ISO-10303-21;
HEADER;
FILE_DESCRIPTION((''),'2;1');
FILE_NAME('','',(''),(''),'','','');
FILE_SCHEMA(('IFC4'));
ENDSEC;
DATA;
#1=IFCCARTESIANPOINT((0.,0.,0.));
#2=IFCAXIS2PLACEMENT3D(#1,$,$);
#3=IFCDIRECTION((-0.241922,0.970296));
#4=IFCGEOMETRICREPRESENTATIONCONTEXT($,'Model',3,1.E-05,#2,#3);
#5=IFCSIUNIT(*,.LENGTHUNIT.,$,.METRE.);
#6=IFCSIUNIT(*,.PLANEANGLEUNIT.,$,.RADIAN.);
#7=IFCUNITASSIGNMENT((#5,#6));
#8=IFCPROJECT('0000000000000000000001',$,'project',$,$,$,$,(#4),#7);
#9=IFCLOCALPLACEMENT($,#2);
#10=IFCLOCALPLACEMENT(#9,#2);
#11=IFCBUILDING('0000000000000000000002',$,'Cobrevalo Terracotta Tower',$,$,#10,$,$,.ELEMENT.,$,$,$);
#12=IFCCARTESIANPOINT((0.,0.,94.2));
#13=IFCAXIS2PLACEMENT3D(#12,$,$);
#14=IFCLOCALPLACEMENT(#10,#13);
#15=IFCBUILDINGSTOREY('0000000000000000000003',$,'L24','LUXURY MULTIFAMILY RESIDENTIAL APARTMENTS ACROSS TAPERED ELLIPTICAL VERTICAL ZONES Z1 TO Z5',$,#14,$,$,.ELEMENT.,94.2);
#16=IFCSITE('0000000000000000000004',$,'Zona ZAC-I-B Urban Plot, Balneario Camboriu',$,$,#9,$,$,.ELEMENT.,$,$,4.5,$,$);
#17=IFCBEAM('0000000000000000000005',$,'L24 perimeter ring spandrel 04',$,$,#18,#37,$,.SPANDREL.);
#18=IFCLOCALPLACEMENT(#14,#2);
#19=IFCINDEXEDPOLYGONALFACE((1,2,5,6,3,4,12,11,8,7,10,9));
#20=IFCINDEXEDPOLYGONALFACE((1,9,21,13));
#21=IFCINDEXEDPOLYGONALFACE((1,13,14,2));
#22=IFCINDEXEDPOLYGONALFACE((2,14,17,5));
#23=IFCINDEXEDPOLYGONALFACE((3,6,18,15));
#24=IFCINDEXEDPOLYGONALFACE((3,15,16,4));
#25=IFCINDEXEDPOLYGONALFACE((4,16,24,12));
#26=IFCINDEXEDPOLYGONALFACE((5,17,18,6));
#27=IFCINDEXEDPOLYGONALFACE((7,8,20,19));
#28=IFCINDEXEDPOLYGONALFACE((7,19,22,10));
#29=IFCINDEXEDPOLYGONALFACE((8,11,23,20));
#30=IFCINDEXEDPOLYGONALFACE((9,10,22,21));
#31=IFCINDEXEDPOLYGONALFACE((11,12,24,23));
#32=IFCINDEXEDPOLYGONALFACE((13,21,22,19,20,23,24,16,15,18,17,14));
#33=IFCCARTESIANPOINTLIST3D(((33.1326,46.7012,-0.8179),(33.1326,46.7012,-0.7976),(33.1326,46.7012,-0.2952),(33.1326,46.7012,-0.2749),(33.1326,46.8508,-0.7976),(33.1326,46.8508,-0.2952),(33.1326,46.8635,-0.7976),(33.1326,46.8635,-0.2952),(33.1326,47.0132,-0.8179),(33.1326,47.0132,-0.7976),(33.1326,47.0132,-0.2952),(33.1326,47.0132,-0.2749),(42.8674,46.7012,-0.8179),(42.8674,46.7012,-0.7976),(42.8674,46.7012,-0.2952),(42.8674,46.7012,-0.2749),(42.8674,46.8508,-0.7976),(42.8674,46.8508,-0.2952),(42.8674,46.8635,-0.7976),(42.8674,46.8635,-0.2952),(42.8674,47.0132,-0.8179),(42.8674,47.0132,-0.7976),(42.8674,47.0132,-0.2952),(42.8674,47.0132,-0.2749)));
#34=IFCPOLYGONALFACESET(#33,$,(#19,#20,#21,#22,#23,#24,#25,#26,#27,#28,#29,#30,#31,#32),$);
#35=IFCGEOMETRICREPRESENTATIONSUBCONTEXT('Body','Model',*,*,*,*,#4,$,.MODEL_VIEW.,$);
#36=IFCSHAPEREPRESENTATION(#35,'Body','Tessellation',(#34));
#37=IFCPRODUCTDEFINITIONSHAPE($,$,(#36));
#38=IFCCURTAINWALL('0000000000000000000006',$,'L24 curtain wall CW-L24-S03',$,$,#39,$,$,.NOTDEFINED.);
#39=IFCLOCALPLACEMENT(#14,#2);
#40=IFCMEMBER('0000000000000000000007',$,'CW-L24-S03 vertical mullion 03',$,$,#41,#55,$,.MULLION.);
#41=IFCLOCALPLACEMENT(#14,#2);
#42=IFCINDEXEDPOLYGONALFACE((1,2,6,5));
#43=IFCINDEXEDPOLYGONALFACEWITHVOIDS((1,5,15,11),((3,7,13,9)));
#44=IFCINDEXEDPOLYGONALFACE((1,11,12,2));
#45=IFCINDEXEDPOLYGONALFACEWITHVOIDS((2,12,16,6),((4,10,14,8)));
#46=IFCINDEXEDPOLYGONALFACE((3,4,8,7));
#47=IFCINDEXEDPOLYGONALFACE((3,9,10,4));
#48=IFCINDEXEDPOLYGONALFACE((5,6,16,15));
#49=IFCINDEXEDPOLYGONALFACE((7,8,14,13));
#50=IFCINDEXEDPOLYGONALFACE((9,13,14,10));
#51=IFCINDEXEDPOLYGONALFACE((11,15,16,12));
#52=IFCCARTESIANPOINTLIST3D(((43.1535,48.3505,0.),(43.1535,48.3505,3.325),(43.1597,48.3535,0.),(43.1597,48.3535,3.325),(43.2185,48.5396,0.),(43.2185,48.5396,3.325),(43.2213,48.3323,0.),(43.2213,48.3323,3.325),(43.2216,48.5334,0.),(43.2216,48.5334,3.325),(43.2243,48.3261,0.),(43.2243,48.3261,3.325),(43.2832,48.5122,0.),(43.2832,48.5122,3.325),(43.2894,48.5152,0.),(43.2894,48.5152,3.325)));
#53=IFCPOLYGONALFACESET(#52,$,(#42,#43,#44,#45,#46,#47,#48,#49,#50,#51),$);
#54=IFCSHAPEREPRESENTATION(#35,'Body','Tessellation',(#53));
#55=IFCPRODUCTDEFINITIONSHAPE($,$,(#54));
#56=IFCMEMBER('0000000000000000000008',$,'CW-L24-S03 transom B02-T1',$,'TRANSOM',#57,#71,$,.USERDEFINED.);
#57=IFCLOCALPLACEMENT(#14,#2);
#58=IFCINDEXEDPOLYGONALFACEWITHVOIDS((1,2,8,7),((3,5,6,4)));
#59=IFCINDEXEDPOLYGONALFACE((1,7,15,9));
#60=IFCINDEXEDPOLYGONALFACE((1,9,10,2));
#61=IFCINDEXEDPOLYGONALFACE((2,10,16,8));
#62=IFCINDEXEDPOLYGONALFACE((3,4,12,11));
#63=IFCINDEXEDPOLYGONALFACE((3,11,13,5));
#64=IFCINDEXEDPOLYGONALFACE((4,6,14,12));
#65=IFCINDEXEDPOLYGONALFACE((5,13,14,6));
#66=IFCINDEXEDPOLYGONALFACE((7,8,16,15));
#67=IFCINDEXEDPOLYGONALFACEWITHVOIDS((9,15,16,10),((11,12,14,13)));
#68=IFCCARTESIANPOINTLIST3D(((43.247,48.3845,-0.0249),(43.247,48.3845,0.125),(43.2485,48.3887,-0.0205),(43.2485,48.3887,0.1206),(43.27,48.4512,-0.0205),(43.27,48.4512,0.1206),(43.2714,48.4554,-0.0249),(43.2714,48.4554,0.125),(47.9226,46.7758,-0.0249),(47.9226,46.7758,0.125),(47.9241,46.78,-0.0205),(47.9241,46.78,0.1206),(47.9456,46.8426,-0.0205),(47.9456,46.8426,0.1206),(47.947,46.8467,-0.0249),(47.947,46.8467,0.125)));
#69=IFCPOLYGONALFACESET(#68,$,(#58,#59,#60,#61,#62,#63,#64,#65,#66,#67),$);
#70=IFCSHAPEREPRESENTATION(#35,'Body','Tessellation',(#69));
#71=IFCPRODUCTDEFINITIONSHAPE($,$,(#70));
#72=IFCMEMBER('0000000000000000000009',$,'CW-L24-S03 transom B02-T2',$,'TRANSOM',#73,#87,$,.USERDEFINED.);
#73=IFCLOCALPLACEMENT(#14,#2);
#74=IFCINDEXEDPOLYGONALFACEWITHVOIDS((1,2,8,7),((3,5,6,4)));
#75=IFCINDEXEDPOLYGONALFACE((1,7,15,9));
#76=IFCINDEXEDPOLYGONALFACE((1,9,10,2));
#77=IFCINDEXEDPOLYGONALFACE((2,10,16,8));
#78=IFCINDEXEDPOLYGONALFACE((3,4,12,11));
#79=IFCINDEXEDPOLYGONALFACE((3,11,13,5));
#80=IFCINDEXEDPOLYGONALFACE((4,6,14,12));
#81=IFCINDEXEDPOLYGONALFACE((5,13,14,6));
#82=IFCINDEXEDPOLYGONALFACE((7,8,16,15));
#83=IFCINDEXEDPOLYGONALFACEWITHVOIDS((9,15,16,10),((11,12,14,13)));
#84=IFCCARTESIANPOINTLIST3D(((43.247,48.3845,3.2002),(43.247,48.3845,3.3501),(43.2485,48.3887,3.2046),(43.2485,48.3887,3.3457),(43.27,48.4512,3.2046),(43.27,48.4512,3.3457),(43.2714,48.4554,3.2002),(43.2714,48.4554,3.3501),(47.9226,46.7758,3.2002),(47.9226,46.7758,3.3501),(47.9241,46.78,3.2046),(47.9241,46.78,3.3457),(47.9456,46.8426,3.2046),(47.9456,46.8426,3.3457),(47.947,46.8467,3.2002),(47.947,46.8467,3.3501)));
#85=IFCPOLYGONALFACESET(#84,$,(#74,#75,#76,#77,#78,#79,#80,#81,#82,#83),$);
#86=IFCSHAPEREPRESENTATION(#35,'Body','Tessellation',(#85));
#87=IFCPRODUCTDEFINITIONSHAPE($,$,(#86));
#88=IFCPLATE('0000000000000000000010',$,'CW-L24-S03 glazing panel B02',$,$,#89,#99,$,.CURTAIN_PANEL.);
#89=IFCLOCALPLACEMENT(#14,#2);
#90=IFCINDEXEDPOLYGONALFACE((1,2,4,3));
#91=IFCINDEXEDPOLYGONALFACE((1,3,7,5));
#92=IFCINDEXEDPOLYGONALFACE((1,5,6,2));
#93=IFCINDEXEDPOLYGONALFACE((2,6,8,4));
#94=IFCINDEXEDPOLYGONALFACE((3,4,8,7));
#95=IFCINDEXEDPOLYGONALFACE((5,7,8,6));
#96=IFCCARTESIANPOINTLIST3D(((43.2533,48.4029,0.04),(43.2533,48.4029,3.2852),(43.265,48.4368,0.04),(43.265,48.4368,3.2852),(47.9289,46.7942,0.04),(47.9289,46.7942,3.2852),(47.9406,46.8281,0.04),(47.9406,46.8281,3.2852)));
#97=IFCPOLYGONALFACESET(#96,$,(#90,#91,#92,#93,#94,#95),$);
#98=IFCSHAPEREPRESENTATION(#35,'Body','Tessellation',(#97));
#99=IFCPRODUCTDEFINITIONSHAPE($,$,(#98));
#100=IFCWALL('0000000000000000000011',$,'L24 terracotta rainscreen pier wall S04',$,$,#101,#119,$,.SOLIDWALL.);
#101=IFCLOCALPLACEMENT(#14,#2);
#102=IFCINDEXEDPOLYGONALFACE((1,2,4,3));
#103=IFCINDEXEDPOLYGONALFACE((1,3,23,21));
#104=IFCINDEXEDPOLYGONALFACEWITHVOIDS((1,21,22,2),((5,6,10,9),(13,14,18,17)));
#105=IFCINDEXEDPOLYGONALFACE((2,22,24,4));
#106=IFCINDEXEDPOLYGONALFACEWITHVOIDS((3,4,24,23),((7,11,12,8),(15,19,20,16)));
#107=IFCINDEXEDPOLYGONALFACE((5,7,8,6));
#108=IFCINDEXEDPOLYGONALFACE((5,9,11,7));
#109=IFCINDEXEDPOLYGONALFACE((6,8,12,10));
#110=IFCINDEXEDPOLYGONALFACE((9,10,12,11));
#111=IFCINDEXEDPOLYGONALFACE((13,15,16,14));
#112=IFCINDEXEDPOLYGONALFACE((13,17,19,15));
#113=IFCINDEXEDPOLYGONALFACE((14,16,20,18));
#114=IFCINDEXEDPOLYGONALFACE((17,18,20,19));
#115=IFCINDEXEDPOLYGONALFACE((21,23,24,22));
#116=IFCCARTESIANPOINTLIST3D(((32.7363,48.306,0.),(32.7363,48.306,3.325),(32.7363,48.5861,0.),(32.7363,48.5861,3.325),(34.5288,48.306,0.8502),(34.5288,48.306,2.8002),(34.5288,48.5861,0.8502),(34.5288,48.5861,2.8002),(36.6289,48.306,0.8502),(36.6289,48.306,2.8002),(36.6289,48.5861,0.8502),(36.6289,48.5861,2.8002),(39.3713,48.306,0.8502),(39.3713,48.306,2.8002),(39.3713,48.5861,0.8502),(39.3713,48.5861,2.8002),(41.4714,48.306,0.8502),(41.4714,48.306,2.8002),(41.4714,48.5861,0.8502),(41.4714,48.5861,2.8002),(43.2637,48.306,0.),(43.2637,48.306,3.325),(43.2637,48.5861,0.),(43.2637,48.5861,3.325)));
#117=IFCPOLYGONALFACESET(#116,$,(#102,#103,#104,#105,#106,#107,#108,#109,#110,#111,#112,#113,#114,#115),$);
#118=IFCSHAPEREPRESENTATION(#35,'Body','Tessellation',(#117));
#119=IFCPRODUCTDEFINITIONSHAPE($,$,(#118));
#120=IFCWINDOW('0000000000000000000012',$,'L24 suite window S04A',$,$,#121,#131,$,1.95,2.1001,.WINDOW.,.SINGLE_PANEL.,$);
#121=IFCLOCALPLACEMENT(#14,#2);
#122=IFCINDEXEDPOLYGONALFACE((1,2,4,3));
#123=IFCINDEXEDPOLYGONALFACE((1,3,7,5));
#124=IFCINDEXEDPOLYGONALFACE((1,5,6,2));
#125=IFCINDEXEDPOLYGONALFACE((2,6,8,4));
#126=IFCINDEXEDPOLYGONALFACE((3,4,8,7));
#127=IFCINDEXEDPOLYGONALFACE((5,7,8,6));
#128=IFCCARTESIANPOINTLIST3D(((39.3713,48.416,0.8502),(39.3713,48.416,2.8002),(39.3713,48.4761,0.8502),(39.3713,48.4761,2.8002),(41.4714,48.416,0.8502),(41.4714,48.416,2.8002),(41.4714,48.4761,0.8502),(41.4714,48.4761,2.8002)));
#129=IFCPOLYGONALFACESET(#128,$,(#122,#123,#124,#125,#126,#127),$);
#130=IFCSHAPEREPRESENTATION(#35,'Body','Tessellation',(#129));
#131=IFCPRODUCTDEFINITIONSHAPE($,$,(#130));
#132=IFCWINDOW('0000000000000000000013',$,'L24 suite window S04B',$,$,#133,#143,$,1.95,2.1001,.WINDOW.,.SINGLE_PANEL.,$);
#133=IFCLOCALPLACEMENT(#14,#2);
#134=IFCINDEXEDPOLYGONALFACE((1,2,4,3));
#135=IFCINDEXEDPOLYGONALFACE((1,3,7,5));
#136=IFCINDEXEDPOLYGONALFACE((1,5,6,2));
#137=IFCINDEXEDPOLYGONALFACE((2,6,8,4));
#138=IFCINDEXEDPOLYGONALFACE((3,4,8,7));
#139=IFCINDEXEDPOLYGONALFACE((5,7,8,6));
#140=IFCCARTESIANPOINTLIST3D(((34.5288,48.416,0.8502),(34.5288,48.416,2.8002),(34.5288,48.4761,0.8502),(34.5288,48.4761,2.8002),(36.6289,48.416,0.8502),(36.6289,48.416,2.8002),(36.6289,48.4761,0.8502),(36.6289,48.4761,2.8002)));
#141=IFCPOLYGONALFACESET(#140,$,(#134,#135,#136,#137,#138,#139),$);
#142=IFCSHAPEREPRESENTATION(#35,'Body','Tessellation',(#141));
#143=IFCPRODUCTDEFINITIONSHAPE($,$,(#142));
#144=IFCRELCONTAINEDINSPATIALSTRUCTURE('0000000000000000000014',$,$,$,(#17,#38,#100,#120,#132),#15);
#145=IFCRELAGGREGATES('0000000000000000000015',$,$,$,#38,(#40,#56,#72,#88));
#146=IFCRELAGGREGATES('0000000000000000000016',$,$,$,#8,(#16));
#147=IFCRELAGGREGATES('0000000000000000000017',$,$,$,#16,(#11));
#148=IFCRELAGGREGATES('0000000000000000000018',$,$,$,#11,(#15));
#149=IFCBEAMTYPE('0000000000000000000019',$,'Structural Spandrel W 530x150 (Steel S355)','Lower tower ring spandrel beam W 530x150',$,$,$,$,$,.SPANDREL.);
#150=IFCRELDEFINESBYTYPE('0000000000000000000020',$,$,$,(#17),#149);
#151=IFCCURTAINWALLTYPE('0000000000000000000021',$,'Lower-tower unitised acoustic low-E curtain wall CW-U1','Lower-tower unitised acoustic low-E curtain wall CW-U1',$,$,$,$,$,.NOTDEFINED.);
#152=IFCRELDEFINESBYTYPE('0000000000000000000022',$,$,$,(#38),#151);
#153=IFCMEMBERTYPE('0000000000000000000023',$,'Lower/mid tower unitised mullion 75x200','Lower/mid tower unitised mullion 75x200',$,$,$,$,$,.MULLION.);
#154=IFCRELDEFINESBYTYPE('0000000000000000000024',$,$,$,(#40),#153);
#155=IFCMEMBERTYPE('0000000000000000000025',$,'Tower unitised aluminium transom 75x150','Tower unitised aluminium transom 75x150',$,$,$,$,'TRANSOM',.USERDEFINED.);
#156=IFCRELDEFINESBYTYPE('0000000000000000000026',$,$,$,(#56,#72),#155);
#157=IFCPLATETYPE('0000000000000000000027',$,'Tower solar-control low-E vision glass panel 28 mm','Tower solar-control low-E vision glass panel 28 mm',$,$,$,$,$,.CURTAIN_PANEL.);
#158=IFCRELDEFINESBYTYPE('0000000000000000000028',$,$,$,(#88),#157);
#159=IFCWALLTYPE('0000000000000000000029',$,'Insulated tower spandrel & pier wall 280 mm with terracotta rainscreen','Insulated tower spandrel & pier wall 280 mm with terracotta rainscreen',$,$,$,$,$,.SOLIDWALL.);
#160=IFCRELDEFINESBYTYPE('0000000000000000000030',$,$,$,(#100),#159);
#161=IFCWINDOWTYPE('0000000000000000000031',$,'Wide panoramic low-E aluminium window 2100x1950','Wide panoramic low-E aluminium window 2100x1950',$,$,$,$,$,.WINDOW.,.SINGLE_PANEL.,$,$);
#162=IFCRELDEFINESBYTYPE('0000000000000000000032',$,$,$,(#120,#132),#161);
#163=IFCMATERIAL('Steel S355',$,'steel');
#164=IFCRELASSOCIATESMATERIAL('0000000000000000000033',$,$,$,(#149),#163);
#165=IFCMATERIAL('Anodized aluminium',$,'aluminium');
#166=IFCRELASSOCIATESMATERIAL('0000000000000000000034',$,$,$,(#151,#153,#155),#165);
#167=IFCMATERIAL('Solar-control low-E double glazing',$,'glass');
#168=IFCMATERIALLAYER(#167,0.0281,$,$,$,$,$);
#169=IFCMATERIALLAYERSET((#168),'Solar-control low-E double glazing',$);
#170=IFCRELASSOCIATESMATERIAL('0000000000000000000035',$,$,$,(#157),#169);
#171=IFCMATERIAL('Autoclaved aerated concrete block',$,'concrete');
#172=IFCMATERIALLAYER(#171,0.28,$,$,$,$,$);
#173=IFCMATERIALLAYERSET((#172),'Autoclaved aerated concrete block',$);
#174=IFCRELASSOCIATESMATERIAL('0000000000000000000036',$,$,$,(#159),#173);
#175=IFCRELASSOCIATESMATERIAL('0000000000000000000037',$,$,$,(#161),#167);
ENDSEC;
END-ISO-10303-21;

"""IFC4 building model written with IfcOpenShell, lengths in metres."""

from ifc_helpers import new_model, si_unit, direction, frame, frame_2d, origin, origin_2d, place, context, subcontext, project, spatial, rectangle, hollow_rectangle, i_section, extrude, source, transform, mapped, material, layer, layer_set, material_profile, profile_set, type_object, element, fill, aggregate, save


model = new_model("IFC4")

# Units and contexts
model_context = context("Model", 3, precision=1e-05, world=origin(), true_north=direction((-0.241922, 0.970296)))
body_context = subcontext(model_context, "Body", "Model", "MODEL_VIEW")
ifc_project = project(units=[si_unit("LENGTHUNIT", "METRE"), si_unit("PLANEANGLEUNIT", "RADIAN")], contexts=[model_context])

# Site, building, storey
site_placement = place(None, origin())
site = spatial("IfcSite", under=ifc_project, at=site_placement, Name="Zona ZAC-I-B Urban Plot, Balneario Camboriu", CompositionType="ELEMENT", RefElevation=4.5)
building_placement = place(site_placement, origin())
building = spatial("IfcBuilding", under=site, at=building_placement, Name="Cobrevalo Terracotta Tower", CompositionType="ELEMENT")
storey_placement = place(building_placement, frame((0.0, 0.0, 94.2)))
storey = spatial("IfcBuildingStorey", under=building, at=storey_placement, Name="L24", Description="LUXURY MULTIFAMILY RESIDENTIAL APARTMENTS ACROSS TAPERED ELLIPTICAL VERTICAL ZONES Z1 TO Z5", CompositionType="ELEMENT", Elevation=94.2)

# Shared definitions
ifc_material_1 = material(Name="Steel S355", Category="steel")

# Beam
ifc_material_profile_1 = material_profile(ifc_material_1, i_section(OverallWidth=0.312, OverallDepth=0.543, WebThickness=0.0127, FlangeThickness=0.0203, at=origin_2d()), Name="W 530x150")
ifc_profile_set_1 = profile_set([ifc_material_profile_1], Name="Steel S355")
beam_type_1 = type_object("IfcBeamType", Name="Structural Spandrel W 530x150 (Steel S355)", Description="Lower tower ring spandrel beam W 530x150", PredefinedType="SPANDREL", material=ifc_profile_set_1)
beam_1_placement = place(storey_placement, frame((42.8674, 46.8572, -0.5464), z_axis=(-1.0, 0.0, 0.0), x_axis=(0.0, -1.0, 0.0)))
element("IfcBeam", 1, at=beam_1_placement, inside=storey, type_object=beam_type_1, Name="L24 perimeter ring spandrel 04", PredefinedType="SPANDREL", context=body_context, shape_type="SweptSolid", body=[
    extrude(i_section(OverallWidth=0.312, OverallDepth=0.543, WebThickness=0.0127, FlangeThickness=0.0203, at=origin_2d()), origin(), (0.0, 0.0, 1.0), 9.7349),
])

# Curtain wall, members, plate
ifc_material_2 = material(Name="Anodized aluminium", Category="aluminium")
curtain_wall_type = type_object("IfcCurtainWallType", Name="Lower-tower unitised acoustic low-E curtain wall CW-U1", Description="Lower-tower unitised acoustic low-E curtain wall CW-U1", PredefinedType="NOTDEFINED", material=ifc_material_2)
curtain_wall_placement = place(storey_placement, origin())
curtain_wall = element("IfcCurtainWall", 2, at=curtain_wall_placement, inside=storey, type_object=curtain_wall_type, Name="L24 curtain wall CW-L24-S03", PredefinedType="NOTDEFINED")
ifc_material_profile_2 = material_profile(ifc_material_2, hollow_rectangle(XDim=0.075, YDim=0.2, WallThickness=0.0049, at=origin_2d()), Name="CWM 75x200")
ifc_profile_set_2 = profile_set([ifc_material_profile_2], Name="Anodized aluminium")
member_type_1 = type_object("IfcMemberType", Name="Lower/mid tower unitised mullion 75x200", Description="Lower/mid tower unitised mullion 75x200", PredefinedType="MULLION", material=ifc_profile_set_2)
shared_shape_1 = source(origin(), body_context, "Body", "SweptSolid", [
    extrude(hollow_rectangle(XDim=0.075, YDim=0.2, WallThickness=0.0049, at=origin_2d()), origin(), (0.0, 0.0, 1.0), 3.325),
])
member_1_placement = place(storey_placement, frame((43.2214, 48.4329, 0.0), z_axis=(0.0, 0.0, 1.0), x_axis=(-0.945598, 0.325337, 0.0)))
member_1 = element("IfcMember", 3, at=member_1_placement, type_object=member_type_1, Name="CW-L24-S03 vertical mullion 03", PredefinedType="MULLION", context=body_context, shape_type="MappedRepresentation", body=[
    mapped(shared_shape_1, transform((0.0, 0.0, 0.0), scale=1.0)),
])
ifc_material_profile_3 = material_profile(ifc_material_2, hollow_rectangle(XDim=0.075, YDim=0.1499, WallThickness=0.0044, at=origin_2d()), Name="CWT 75x150")
ifc_profile_set_3 = profile_set([ifc_material_profile_3], Name="Anodized aluminium")
member_type_2 = type_object("IfcMemberType", Name="Tower unitised aluminium transom 75x150", Description="Tower unitised aluminium transom 75x150", ElementType="TRANSOM", PredefinedType="USERDEFINED", material=ifc_profile_set_3)
shared_shape_2 = source(origin(), body_context, "Body", "SweptSolid", [
    extrude(hollow_rectangle(XDim=0.075, YDim=0.1499, WallThickness=0.0044, at=origin_2d()), origin(), (0.0, 0.0, 1.0), 4.9446),
])
member_2_placement = place(storey_placement, frame((47.9348, 46.8113, 0.05), z_axis=(-0.945598, 0.325338, 0.0), x_axis=(-0.325338, -0.945598, 0.0)))
member_2 = element("IfcMember", 4, at=member_2_placement, type_object=member_type_2, Name="CW-L24-S03 transom B02-T1", ObjectType="TRANSOM", PredefinedType="USERDEFINED", context=body_context, shape_type="MappedRepresentation", body=[
    mapped(shared_shape_2, transform((0.0, 0.0, 0.0), scale=1.0)),
])
member_3_placement = place(storey_placement, frame((47.9348, 46.8113, 3.2751), z_axis=(-0.945598, 0.325338, 0.0), x_axis=(-0.325338, -0.945598, 0.0)))
member_3 = element("IfcMember", 5, at=member_3_placement, type_object=member_type_2, Name="CW-L24-S03 transom B02-T2", ObjectType="TRANSOM", PredefinedType="USERDEFINED", context=body_context, shape_type="MappedRepresentation", body=[
    mapped(shared_shape_2, transform((0.0, 0.0, 0.0), scale=1.0)),
])
ifc_material_3 = material(Name="Solar-control low-E double glazing", Category="glass")
ifc_layer_1 = layer(ifc_material_3, 0.0281)
ifc_layer_set_1 = layer_set([ifc_layer_1], Name="Solar-control low-E double glazing")
plate_type = type_object("IfcPlateType", Name="Tower solar-control low-E vision glass panel 28 mm", Description="Tower solar-control low-E vision glass panel 28 mm", PredefinedType="CURTAIN_PANEL", material=ifc_layer_set_1)
shared_shape_3 = source(origin(), body_context, "Body", "SweptSolid", [
    extrude(rectangle(XDim=4.9446, YDim=0.0359, at=origin_2d()), origin(), (0.0, 0.0, 1.0), 3.2451),
])
plate_placement = place(storey_placement, frame((45.5969, 47.6155, 0.04), z_axis=(0.0, 0.0, 1.0), x_axis=(-0.945596, 0.325342, 0.0)))
plate = element("IfcPlate", 6, at=plate_placement, type_object=plate_type, Name="CW-L24-S03 glazing panel B02", PredefinedType="CURTAIN_PANEL", context=body_context, shape_type="MappedRepresentation", body=[
    mapped(shared_shape_3, transform((0.0, 0.0, 0.0), scale=1.0)),
])
aggregate(curtain_wall, [member_1, member_2, member_3, plate])

# Wall, openings, windows
ifc_material_4 = material(Name="Autoclaved aerated concrete block", Category="concrete")
ifc_layer_2 = layer(ifc_material_4, 0.28)
ifc_layer_set_2 = layer_set([ifc_layer_2], Name="Autoclaved aerated concrete block")
wall_type_1 = type_object("IfcWallType", Name="Insulated tower spandrel & pier wall 280 mm with terracotta rainscreen", Description="Insulated tower spandrel & pier wall 280 mm with terracotta rainscreen", PredefinedType="SOLIDWALL", material=ifc_layer_set_2)
wall_1_placement = place(storey_placement, frame((43.2637, 48.446, 0.0), z_axis=(0.0, 0.0, 1.0), x_axis=(-1.0, 0.0, 0.0)))
wall_1 = element("IfcWall", 7, at=wall_1_placement, inside=storey, type_object=wall_type_1, Name="L24 terracotta rainscreen pier wall S04", PredefinedType="SOLIDWALL", context=body_context, shape_type="SweptSolid", body=[
    extrude(rectangle(XDim=10.5273, YDim=0.28, at=frame_2d((5.2637, 0.0))), origin(), (0.0, 0.0, 1.0), 3.325),
])
opening_1_placement = place(wall_1_placement, frame((1.7922, 0.0, 0.8501)))
opening_1 = element("IfcOpeningElement", 8, at=opening_1_placement, cuts=wall_1, PredefinedType="OPENING", context=body_context, shape_type="SweptSolid", body=[
    extrude(rectangle(XDim=2.1001, YDim=1.95, at=frame_2d((1.05, 0.9751))), frame((0.0, 0.1499, 0.0), z_axis=(0.0, -1.0, 0.0), x_axis=(1.0, 0.0, 0.0)), (0.0, 0.0, 1.0), 0.3),
])
opening_2_placement = place(wall_1_placement, frame((6.6348, 0.0, 0.8501)))
opening_2 = element("IfcOpeningElement", 9, at=opening_2_placement, cuts=wall_1, PredefinedType="OPENING", context=body_context, shape_type="SweptSolid", body=[
    extrude(rectangle(XDim=2.1001, YDim=1.95, at=frame_2d((1.05, 0.9751))), frame((0.0, 0.1499, 0.0), z_axis=(0.0, -1.0, 0.0), x_axis=(1.0, 0.0, 0.0)), (0.0, 0.0, 1.0), 0.3),
])
window_type = type_object("IfcWindowType", Name="Wide panoramic low-E aluminium window 2100x1950", Description="Wide panoramic low-E aluminium window 2100x1950", PartitioningType="SINGLE_PANEL", PredefinedType="WINDOW", material=ifc_material_3)
shared_shape_4 = source(origin(), body_context, "Body", "SweptSolid", [
    extrude(rectangle(XDim=2.1001, YDim=1.95, at=frame_2d((1.05, 0.9751))), frame((0.0, 0.03, 0.0), z_axis=(0.0, -1.0, 0.0), x_axis=(1.0, 0.0, 0.0)), (0.0, 0.0, 1.0), 0.0601),
])
window_1_placement = place(opening_1_placement, origin())
window_1 = element("IfcWindow", 10, at=window_1_placement, inside=storey, type_object=window_type, Name="L24 suite window S04A", OverallHeight=1.95, OverallWidth=2.1001, PartitioningType="SINGLE_PANEL", PredefinedType="WINDOW", context=body_context, shape_type="MappedRepresentation", body=[
    mapped(shared_shape_4, transform((0.0, 0.0, 0.0), scale=1.0)),
])
fill(opening_1, window_1)
window_2_placement = place(opening_2_placement, origin())
window_2 = element("IfcWindow", 11, at=window_2_placement, inside=storey, type_object=window_type, Name="L24 suite window S04B", OverallHeight=1.95, OverallWidth=2.1001, PartitioningType="SINGLE_PANEL", PredefinedType="WINDOW", context=body_context, shape_type="MappedRepresentation", body=[
    mapped(shared_shape_4, transform((0.0, 0.0, 0.0), scale=1.0)),
])
fill(opening_2, window_2)

save(model, "model.ifc")
